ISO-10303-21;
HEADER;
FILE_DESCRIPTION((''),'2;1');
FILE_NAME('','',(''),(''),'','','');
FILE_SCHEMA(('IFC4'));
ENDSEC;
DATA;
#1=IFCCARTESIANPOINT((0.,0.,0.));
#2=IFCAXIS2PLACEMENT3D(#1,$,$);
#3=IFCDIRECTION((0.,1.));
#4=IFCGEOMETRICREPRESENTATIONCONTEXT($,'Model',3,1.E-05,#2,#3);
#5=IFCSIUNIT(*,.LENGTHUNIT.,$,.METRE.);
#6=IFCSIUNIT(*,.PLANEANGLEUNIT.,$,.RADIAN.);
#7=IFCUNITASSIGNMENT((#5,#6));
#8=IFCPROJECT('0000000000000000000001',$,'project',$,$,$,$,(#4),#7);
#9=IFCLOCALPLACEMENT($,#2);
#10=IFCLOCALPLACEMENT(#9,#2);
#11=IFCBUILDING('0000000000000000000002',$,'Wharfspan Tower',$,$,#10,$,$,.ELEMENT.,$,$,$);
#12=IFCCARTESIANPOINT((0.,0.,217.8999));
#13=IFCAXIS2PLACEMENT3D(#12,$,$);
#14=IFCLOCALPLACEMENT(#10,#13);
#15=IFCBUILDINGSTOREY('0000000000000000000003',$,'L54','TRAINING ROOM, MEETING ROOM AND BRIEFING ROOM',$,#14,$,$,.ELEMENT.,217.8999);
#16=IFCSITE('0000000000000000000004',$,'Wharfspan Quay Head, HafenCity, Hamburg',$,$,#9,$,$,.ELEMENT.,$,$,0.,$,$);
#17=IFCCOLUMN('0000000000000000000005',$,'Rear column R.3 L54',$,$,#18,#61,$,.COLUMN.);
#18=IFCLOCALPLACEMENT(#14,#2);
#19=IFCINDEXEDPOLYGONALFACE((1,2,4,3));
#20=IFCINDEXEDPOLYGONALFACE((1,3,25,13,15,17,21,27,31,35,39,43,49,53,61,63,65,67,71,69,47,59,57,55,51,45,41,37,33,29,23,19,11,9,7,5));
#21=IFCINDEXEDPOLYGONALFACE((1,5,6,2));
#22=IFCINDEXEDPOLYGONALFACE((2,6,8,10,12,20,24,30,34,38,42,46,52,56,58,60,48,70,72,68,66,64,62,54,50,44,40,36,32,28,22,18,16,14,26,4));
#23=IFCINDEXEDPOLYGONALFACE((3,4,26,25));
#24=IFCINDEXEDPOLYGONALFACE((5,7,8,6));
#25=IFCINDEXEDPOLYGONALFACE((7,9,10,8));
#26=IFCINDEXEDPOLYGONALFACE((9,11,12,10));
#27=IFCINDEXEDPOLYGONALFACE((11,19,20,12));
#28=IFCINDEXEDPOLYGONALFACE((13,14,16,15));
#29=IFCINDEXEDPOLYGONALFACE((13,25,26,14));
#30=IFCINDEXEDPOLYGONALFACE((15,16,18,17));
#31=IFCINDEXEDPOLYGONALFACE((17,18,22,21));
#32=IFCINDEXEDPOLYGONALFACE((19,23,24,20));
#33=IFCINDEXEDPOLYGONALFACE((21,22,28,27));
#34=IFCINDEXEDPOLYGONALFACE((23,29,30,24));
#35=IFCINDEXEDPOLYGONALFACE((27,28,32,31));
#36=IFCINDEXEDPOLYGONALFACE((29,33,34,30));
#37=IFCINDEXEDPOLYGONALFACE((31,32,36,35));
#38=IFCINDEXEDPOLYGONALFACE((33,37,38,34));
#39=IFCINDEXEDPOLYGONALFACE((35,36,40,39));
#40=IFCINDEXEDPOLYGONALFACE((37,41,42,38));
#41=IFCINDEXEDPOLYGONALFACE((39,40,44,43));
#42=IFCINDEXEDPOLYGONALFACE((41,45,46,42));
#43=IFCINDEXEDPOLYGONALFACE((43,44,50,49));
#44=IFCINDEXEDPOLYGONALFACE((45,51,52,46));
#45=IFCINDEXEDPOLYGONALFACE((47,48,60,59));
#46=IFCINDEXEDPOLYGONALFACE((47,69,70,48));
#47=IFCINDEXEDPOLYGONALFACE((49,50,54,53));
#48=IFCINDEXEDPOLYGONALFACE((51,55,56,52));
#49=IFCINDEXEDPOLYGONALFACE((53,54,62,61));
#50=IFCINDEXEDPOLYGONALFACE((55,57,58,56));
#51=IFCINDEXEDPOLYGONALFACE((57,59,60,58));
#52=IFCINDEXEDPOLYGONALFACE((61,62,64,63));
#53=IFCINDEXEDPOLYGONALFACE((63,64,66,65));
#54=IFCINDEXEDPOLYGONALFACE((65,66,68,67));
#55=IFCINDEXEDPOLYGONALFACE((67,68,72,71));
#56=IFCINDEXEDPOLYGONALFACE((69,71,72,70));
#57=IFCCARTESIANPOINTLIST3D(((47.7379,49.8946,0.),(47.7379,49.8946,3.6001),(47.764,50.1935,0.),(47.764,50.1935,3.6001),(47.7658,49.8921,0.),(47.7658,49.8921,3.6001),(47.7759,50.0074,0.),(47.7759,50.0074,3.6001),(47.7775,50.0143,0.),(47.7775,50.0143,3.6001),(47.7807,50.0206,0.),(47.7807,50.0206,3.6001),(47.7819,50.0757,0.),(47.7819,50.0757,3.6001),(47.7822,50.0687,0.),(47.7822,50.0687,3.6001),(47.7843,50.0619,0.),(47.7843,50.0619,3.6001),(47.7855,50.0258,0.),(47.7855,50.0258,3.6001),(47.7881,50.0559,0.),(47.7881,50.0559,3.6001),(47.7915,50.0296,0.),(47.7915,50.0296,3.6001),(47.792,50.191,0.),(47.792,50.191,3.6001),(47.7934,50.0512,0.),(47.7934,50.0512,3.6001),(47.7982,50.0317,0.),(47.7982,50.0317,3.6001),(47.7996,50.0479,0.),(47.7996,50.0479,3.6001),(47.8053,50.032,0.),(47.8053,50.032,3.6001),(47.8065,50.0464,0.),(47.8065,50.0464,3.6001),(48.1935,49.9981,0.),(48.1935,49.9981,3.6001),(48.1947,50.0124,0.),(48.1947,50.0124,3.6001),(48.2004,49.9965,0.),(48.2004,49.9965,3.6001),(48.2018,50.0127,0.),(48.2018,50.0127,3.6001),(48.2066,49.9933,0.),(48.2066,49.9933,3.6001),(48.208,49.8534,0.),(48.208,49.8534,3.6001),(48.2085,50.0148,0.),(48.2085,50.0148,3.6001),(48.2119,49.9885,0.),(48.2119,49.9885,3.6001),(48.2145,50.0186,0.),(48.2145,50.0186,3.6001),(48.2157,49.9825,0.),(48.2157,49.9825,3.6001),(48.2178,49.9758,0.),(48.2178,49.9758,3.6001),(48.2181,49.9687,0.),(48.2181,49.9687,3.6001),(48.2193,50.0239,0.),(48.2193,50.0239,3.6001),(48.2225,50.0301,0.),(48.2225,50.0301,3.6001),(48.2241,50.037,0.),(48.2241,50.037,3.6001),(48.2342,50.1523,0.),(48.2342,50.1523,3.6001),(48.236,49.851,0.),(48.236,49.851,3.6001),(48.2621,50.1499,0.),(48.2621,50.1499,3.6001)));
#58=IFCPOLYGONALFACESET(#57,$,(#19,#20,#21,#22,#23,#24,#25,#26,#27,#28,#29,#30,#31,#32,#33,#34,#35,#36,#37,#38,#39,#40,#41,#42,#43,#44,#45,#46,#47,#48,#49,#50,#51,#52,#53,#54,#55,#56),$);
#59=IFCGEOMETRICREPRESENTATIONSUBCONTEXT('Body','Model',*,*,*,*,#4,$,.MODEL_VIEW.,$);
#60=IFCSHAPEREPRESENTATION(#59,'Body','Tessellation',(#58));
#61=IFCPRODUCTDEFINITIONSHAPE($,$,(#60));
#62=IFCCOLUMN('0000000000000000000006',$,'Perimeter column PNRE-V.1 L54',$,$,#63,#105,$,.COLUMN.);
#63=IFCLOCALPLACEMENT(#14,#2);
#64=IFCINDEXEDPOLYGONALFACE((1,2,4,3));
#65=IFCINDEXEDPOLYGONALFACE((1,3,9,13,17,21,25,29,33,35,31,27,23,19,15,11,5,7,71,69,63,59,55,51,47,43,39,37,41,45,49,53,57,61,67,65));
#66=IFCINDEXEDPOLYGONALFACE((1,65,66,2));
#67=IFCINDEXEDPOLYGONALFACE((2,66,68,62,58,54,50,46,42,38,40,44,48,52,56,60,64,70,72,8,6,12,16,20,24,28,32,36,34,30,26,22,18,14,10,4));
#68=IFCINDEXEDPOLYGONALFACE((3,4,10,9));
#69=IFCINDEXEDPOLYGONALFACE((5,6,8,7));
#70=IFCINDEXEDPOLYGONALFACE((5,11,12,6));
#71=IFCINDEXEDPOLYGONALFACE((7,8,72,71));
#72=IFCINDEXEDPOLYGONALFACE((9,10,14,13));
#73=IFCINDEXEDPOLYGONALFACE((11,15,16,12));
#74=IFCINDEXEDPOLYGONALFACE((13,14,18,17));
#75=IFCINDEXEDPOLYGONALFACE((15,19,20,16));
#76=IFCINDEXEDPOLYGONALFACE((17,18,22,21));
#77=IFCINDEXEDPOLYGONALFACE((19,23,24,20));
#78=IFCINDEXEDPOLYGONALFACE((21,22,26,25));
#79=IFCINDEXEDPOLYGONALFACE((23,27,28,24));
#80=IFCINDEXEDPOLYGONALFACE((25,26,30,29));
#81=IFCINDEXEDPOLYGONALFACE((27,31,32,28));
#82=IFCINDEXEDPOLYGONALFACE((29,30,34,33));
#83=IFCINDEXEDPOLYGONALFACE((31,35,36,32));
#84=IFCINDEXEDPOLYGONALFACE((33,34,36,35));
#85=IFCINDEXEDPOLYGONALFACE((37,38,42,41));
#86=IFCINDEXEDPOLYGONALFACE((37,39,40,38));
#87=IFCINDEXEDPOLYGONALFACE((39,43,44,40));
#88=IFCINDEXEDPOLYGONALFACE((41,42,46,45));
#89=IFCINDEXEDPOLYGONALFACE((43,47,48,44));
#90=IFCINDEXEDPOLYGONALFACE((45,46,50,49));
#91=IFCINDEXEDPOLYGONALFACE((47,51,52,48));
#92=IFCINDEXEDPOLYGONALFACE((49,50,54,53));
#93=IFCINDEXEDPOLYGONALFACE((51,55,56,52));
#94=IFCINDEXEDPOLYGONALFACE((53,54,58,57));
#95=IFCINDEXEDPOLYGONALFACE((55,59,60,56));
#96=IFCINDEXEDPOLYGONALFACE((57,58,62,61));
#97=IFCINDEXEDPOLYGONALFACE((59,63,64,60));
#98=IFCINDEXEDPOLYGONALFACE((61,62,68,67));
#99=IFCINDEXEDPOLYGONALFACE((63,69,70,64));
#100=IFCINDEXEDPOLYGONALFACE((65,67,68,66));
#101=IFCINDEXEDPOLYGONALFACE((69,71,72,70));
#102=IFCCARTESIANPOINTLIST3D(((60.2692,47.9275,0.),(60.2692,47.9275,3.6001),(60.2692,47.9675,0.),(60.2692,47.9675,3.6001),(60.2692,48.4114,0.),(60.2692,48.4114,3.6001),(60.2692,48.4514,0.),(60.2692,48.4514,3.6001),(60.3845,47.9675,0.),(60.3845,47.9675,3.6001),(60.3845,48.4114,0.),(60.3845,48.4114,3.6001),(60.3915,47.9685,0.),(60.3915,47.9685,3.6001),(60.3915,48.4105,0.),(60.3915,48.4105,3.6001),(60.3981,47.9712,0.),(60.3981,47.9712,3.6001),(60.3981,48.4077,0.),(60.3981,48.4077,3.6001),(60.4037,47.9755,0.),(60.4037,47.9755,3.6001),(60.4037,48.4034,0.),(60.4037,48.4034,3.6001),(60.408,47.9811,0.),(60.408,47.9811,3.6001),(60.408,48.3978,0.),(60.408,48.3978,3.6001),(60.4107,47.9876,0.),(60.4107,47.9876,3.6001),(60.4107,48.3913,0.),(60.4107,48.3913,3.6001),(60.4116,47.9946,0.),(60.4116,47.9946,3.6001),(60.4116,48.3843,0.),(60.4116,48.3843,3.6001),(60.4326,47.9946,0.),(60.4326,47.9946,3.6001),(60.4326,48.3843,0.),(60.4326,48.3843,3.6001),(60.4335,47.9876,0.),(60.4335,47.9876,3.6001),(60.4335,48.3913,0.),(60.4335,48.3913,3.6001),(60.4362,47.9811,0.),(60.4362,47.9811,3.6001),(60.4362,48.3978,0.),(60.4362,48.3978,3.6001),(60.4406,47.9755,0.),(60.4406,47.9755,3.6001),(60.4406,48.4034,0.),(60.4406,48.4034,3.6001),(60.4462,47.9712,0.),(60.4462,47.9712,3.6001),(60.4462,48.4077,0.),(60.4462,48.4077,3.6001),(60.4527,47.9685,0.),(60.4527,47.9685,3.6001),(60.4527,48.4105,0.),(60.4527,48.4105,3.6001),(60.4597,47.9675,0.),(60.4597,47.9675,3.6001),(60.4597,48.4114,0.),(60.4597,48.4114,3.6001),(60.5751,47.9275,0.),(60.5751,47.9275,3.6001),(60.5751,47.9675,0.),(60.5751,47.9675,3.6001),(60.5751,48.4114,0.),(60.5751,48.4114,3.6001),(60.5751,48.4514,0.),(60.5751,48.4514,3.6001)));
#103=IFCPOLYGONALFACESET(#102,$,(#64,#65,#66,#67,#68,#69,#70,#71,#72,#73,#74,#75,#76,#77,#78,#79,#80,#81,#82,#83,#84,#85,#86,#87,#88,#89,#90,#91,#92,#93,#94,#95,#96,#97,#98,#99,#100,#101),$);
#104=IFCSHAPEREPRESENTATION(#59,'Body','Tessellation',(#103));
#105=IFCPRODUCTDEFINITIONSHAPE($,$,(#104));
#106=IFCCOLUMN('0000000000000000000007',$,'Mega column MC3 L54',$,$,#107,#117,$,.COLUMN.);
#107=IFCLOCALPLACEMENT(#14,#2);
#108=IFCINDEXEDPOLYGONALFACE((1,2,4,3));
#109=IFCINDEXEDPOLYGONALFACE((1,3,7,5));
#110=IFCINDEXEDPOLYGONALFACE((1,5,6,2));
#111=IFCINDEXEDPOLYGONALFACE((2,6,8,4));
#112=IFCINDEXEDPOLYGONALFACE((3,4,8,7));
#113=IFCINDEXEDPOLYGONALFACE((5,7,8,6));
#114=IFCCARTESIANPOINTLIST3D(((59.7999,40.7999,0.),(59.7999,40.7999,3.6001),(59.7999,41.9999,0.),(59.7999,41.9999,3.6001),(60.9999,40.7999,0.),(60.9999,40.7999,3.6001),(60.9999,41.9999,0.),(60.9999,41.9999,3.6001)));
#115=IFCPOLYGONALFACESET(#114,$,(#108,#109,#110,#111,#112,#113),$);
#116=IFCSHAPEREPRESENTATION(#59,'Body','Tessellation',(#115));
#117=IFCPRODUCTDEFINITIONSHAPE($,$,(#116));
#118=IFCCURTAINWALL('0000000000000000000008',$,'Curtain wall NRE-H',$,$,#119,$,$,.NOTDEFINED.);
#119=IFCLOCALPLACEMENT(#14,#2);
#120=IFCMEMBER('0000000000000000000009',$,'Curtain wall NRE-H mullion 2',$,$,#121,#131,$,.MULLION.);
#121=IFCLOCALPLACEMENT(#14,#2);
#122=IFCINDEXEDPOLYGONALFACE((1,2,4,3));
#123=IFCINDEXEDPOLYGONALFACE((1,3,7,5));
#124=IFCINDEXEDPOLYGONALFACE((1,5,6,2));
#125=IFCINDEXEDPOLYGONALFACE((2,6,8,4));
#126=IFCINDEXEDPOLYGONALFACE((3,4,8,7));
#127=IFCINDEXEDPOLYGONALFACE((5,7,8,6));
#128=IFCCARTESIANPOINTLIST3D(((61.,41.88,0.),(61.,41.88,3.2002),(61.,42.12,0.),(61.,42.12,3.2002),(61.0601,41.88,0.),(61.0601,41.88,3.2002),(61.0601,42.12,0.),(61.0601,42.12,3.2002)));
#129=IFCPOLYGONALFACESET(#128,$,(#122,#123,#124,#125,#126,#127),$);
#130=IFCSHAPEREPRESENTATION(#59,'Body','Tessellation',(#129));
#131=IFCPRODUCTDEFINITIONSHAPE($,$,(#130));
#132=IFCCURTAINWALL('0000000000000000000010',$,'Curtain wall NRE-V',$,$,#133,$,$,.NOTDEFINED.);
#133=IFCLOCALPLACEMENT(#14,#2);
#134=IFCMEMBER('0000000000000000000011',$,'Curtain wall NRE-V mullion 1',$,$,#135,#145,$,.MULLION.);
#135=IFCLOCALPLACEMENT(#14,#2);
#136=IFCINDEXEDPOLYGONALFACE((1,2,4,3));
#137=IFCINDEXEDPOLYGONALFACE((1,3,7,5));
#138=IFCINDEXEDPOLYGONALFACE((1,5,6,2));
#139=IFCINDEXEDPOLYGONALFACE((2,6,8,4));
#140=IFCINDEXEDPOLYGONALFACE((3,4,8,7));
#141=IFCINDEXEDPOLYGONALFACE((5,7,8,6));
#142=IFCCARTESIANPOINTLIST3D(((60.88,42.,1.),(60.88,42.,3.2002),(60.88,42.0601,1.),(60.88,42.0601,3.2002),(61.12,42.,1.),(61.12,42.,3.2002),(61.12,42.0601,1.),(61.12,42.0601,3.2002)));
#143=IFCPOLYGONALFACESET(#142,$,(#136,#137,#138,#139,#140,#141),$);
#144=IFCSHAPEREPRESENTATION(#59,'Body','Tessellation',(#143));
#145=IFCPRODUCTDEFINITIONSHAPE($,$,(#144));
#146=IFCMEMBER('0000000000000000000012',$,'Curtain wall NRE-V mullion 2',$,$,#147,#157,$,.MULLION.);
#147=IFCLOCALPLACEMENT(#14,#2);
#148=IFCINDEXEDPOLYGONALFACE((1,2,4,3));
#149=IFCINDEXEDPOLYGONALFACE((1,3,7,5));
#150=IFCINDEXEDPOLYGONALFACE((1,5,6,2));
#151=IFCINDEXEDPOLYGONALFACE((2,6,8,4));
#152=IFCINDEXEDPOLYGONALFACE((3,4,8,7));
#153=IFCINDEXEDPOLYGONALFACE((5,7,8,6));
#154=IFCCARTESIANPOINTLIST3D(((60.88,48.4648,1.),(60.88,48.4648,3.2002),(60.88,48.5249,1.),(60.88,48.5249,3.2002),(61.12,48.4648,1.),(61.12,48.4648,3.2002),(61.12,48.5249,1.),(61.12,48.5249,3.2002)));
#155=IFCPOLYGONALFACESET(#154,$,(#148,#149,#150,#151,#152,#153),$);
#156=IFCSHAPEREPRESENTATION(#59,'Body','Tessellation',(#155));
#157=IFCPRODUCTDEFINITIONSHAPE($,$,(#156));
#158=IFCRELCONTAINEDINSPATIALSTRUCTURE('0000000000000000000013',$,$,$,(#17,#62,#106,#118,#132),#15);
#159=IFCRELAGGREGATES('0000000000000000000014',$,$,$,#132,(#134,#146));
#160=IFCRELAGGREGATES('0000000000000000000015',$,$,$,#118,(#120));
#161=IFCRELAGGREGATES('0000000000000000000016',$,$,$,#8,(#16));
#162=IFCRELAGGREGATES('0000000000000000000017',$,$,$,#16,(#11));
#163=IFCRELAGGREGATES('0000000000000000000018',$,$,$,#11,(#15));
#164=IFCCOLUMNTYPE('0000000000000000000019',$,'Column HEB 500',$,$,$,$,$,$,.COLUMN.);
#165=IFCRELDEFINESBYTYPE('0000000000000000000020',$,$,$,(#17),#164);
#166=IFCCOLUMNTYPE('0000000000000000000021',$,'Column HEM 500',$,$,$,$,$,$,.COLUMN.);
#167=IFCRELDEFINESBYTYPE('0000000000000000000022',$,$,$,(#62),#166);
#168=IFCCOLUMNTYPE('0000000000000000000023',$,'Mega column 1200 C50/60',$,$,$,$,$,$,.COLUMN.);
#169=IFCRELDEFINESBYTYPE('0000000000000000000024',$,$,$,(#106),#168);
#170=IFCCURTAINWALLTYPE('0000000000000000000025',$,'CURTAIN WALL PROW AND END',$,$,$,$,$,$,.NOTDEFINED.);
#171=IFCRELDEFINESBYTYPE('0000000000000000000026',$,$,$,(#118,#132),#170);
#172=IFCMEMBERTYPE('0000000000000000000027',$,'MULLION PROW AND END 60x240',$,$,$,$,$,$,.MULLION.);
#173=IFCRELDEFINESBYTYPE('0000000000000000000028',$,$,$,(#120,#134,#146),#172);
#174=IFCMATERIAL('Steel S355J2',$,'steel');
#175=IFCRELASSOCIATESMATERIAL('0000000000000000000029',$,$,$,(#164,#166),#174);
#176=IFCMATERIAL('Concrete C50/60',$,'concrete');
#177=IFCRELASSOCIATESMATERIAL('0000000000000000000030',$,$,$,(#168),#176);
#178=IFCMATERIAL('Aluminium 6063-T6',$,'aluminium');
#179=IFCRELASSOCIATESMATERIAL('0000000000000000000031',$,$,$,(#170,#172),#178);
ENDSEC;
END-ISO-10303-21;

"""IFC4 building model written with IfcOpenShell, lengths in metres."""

from ifc_helpers import new_model, si_unit, direction, frame, origin, origin_2d, place, context, subcontext, project, spatial, rectangle, i_section, extrude, material, material_profile, profile_set, type_object, element, aggregate, save


model = new_model("IFC4")

# Units and contexts
model_context = context("Model", 3, precision=1e-05, world=origin(), true_north=direction((0.0, 1.0)))
body_context = subcontext(model_context, "Body", "Model", "MODEL_VIEW")
ifc_project = project(units=[si_unit("LENGTHUNIT", "METRE"), si_unit("PLANEANGLEUNIT", "RADIAN")], contexts=[model_context])

# Site, building, storey
site_placement = place(None, origin())
site = spatial("IfcSite", under=ifc_project, at=site_placement, Name="Wharfspan Quay Head, HafenCity, Hamburg", CompositionType="ELEMENT", RefElevation=0.0)
building_placement = place(site_placement, origin())
building = spatial("IfcBuilding", under=site, at=building_placement, Name="Wharfspan Tower", CompositionType="ELEMENT")
storey_placement = place(building_placement, frame((0.0, 0.0, 217.8999)))
storey = spatial("IfcBuildingStorey", under=building, at=storey_placement, Name="L54", Description="TRAINING ROOM, MEETING ROOM AND BRIEFING ROOM", CompositionType="ELEMENT", Elevation=217.8999)

# Columns
ifc_material_1 = material(Name="Steel S355J2", Category="steel")
ifc_material_profile_1 = material_profile(ifc_material_1, i_section(OverallWidth=0.3, OverallDepth=0.5, WebThickness=0.0144, FlangeThickness=0.0281, FilletRadius=0.0271, at=origin_2d()))
ifc_profile_set_1 = profile_set([ifc_material_profile_1], Name="Steel S355J2")
column_type_1 = type_object("IfcColumnType", Name="Column HEB 500", PredefinedType="COLUMN", material=ifc_profile_set_1)
column_1_placement = place(storey_placement, frame((48.0, 50.0222, 0.0), z_axis=(0.0, 0.0, 1.0), x_axis=(0.087156, 0.996197, 0.0)))
element("IfcColumn", 1, at=column_1_placement, inside=storey, type_object=column_type_1, Name="Rear column R.3 L54", PredefinedType="COLUMN", context=body_context, shape_type="SweptSolid", body=[
    extrude(i_section(OverallWidth=0.3, OverallDepth=0.5, WebThickness=0.0144, FlangeThickness=0.0281, FilletRadius=0.0271, at=origin_2d()), origin(), (0.0, 0.0, 1.0), 3.6001),
])
ifc_material_profile_2 = material_profile(ifc_material_1, i_section(OverallWidth=0.3059, OverallDepth=0.5239, WebThickness=0.021, FlangeThickness=0.04, FilletRadius=0.0271, at=origin_2d()))
ifc_profile_set_2 = profile_set([ifc_material_profile_2], Name="Steel S355J2")
column_type_2 = type_object("IfcColumnType", Name="Column HEM 500", PredefinedType="COLUMN", material=ifc_profile_set_2)
column_2_placement = place(storey_placement, frame((60.4221, 48.1895, 0.0), z_axis=(0.0, 0.0, 1.0), x_axis=(1.0, 0.0, 0.0)))
element("IfcColumn", 2, at=column_2_placement, inside=storey, type_object=column_type_2, Name="Perimeter column PNRE-V.1 L54", PredefinedType="COLUMN", context=body_context, shape_type="SweptSolid", body=[
    extrude(i_section(OverallWidth=0.3059, OverallDepth=0.5239, WebThickness=0.021, FlangeThickness=0.04, FilletRadius=0.0271, at=origin_2d()), origin(), (0.0, 0.0, 1.0), 3.6001),
])
ifc_material_2 = material(Name="Concrete C50/60", Category="concrete")
ifc_material_profile_3 = material_profile(ifc_material_2, rectangle(XDim=1.2, YDim=1.2, at=origin_2d()))
ifc_profile_set_3 = profile_set([ifc_material_profile_3], Name="Concrete C50/60")
column_type_3 = type_object("IfcColumnType", Name="Mega column 1200 C50/60", PredefinedType="COLUMN", material=ifc_profile_set_3)
column_3_placement = place(storey_placement, frame((60.3999, 41.3999, 0.0), z_axis=(0.0, 0.0, 1.0), x_axis=(1.0, 0.0, 0.0)))
element("IfcColumn", 3, at=column_3_placement, inside=storey, type_object=column_type_3, Name="Mega column MC3 L54", PredefinedType="COLUMN", context=body_context, shape_type="SweptSolid", body=[
    extrude(rectangle(XDim=1.2, YDim=1.2, at=origin_2d()), origin(), (0.0, 0.0, 1.0), 3.6001),
])

# Curtain wall, member
ifc_material_3 = material(Name="Aluminium 6063-T6", Category="aluminium")
curtain_wall_type = type_object("IfcCurtainWallType", Name="CURTAIN WALL PROW AND END", PredefinedType="NOTDEFINED", material=ifc_material_3)
curtain_wall_1_placement = place(storey_placement, origin())
curtain_wall_1 = element("IfcCurtainWall", 4, at=curtain_wall_1_placement, inside=storey, type_object=curtain_wall_type, Name="Curtain wall NRE-H", PredefinedType="NOTDEFINED")
ifc_material_profile_4 = material_profile(ifc_material_3, rectangle(XDim=0.24, YDim=0.0601, at=origin_2d()))
ifc_profile_set_4 = profile_set([ifc_material_profile_4], Name="Aluminium 6063-T6")
member_type_1 = type_object("IfcMemberType", Name="MULLION PROW AND END 60x240", PredefinedType="MULLION", material=ifc_profile_set_4)
member_1_placement = place(storey_placement, frame((61.03, 42.0, 0.0), z_axis=(0.0, 0.0, 1.0), x_axis=(0.0, -1.0, 0.0)))
member_1 = element("IfcMember", 5, at=member_1_placement, type_object=member_type_1, Name="Curtain wall NRE-H mullion 2", PredefinedType="MULLION", context=body_context, shape_type="SweptSolid", body=[
    extrude(rectangle(XDim=0.24, YDim=0.0601, at=origin_2d()), origin(), (0.0, 0.0, 1.0), 3.2002),
])

# Curtain wall, members
curtain_wall_2_placement = place(storey_placement, origin())
curtain_wall_2 = element("IfcCurtainWall", 6, at=curtain_wall_2_placement, inside=storey, type_object=curtain_wall_type, Name="Curtain wall NRE-V", PredefinedType="NOTDEFINED")
member_2_placement = place(storey_placement, frame((61.0, 42.03, 1.0), z_axis=(0.0, 0.0, 1.0), x_axis=(-1.0, 0.0, 0.0)))
member_2 = element("IfcMember", 7, at=member_2_placement, type_object=member_type_1, Name="Curtain wall NRE-V mullion 1", PredefinedType="MULLION", context=body_context, shape_type="SweptSolid", body=[
    extrude(rectangle(XDim=0.24, YDim=0.0601, at=origin_2d()), origin(), (0.0, 0.0, 1.0), 2.2002),
])
member_3_placement = place(storey_placement, frame((61.0, 48.4949, 1.0), z_axis=(0.0, 0.0, 1.0), x_axis=(-1.0, 0.0, 0.0)))
member_3 = element("IfcMember", 8, at=member_3_placement, type_object=member_type_1, Name="Curtain wall NRE-V mullion 2", PredefinedType="MULLION", context=body_context, shape_type="SweptSolid", body=[
    extrude(rectangle(XDim=0.24, YDim=0.0601, at=origin_2d()), origin(), (0.0, 0.0, 1.0), 2.2002),
])

aggregate(curtain_wall_2, [member_2, member_3])
aggregate(curtain_wall_1, [member_1])

save(model, "model.ifc")
